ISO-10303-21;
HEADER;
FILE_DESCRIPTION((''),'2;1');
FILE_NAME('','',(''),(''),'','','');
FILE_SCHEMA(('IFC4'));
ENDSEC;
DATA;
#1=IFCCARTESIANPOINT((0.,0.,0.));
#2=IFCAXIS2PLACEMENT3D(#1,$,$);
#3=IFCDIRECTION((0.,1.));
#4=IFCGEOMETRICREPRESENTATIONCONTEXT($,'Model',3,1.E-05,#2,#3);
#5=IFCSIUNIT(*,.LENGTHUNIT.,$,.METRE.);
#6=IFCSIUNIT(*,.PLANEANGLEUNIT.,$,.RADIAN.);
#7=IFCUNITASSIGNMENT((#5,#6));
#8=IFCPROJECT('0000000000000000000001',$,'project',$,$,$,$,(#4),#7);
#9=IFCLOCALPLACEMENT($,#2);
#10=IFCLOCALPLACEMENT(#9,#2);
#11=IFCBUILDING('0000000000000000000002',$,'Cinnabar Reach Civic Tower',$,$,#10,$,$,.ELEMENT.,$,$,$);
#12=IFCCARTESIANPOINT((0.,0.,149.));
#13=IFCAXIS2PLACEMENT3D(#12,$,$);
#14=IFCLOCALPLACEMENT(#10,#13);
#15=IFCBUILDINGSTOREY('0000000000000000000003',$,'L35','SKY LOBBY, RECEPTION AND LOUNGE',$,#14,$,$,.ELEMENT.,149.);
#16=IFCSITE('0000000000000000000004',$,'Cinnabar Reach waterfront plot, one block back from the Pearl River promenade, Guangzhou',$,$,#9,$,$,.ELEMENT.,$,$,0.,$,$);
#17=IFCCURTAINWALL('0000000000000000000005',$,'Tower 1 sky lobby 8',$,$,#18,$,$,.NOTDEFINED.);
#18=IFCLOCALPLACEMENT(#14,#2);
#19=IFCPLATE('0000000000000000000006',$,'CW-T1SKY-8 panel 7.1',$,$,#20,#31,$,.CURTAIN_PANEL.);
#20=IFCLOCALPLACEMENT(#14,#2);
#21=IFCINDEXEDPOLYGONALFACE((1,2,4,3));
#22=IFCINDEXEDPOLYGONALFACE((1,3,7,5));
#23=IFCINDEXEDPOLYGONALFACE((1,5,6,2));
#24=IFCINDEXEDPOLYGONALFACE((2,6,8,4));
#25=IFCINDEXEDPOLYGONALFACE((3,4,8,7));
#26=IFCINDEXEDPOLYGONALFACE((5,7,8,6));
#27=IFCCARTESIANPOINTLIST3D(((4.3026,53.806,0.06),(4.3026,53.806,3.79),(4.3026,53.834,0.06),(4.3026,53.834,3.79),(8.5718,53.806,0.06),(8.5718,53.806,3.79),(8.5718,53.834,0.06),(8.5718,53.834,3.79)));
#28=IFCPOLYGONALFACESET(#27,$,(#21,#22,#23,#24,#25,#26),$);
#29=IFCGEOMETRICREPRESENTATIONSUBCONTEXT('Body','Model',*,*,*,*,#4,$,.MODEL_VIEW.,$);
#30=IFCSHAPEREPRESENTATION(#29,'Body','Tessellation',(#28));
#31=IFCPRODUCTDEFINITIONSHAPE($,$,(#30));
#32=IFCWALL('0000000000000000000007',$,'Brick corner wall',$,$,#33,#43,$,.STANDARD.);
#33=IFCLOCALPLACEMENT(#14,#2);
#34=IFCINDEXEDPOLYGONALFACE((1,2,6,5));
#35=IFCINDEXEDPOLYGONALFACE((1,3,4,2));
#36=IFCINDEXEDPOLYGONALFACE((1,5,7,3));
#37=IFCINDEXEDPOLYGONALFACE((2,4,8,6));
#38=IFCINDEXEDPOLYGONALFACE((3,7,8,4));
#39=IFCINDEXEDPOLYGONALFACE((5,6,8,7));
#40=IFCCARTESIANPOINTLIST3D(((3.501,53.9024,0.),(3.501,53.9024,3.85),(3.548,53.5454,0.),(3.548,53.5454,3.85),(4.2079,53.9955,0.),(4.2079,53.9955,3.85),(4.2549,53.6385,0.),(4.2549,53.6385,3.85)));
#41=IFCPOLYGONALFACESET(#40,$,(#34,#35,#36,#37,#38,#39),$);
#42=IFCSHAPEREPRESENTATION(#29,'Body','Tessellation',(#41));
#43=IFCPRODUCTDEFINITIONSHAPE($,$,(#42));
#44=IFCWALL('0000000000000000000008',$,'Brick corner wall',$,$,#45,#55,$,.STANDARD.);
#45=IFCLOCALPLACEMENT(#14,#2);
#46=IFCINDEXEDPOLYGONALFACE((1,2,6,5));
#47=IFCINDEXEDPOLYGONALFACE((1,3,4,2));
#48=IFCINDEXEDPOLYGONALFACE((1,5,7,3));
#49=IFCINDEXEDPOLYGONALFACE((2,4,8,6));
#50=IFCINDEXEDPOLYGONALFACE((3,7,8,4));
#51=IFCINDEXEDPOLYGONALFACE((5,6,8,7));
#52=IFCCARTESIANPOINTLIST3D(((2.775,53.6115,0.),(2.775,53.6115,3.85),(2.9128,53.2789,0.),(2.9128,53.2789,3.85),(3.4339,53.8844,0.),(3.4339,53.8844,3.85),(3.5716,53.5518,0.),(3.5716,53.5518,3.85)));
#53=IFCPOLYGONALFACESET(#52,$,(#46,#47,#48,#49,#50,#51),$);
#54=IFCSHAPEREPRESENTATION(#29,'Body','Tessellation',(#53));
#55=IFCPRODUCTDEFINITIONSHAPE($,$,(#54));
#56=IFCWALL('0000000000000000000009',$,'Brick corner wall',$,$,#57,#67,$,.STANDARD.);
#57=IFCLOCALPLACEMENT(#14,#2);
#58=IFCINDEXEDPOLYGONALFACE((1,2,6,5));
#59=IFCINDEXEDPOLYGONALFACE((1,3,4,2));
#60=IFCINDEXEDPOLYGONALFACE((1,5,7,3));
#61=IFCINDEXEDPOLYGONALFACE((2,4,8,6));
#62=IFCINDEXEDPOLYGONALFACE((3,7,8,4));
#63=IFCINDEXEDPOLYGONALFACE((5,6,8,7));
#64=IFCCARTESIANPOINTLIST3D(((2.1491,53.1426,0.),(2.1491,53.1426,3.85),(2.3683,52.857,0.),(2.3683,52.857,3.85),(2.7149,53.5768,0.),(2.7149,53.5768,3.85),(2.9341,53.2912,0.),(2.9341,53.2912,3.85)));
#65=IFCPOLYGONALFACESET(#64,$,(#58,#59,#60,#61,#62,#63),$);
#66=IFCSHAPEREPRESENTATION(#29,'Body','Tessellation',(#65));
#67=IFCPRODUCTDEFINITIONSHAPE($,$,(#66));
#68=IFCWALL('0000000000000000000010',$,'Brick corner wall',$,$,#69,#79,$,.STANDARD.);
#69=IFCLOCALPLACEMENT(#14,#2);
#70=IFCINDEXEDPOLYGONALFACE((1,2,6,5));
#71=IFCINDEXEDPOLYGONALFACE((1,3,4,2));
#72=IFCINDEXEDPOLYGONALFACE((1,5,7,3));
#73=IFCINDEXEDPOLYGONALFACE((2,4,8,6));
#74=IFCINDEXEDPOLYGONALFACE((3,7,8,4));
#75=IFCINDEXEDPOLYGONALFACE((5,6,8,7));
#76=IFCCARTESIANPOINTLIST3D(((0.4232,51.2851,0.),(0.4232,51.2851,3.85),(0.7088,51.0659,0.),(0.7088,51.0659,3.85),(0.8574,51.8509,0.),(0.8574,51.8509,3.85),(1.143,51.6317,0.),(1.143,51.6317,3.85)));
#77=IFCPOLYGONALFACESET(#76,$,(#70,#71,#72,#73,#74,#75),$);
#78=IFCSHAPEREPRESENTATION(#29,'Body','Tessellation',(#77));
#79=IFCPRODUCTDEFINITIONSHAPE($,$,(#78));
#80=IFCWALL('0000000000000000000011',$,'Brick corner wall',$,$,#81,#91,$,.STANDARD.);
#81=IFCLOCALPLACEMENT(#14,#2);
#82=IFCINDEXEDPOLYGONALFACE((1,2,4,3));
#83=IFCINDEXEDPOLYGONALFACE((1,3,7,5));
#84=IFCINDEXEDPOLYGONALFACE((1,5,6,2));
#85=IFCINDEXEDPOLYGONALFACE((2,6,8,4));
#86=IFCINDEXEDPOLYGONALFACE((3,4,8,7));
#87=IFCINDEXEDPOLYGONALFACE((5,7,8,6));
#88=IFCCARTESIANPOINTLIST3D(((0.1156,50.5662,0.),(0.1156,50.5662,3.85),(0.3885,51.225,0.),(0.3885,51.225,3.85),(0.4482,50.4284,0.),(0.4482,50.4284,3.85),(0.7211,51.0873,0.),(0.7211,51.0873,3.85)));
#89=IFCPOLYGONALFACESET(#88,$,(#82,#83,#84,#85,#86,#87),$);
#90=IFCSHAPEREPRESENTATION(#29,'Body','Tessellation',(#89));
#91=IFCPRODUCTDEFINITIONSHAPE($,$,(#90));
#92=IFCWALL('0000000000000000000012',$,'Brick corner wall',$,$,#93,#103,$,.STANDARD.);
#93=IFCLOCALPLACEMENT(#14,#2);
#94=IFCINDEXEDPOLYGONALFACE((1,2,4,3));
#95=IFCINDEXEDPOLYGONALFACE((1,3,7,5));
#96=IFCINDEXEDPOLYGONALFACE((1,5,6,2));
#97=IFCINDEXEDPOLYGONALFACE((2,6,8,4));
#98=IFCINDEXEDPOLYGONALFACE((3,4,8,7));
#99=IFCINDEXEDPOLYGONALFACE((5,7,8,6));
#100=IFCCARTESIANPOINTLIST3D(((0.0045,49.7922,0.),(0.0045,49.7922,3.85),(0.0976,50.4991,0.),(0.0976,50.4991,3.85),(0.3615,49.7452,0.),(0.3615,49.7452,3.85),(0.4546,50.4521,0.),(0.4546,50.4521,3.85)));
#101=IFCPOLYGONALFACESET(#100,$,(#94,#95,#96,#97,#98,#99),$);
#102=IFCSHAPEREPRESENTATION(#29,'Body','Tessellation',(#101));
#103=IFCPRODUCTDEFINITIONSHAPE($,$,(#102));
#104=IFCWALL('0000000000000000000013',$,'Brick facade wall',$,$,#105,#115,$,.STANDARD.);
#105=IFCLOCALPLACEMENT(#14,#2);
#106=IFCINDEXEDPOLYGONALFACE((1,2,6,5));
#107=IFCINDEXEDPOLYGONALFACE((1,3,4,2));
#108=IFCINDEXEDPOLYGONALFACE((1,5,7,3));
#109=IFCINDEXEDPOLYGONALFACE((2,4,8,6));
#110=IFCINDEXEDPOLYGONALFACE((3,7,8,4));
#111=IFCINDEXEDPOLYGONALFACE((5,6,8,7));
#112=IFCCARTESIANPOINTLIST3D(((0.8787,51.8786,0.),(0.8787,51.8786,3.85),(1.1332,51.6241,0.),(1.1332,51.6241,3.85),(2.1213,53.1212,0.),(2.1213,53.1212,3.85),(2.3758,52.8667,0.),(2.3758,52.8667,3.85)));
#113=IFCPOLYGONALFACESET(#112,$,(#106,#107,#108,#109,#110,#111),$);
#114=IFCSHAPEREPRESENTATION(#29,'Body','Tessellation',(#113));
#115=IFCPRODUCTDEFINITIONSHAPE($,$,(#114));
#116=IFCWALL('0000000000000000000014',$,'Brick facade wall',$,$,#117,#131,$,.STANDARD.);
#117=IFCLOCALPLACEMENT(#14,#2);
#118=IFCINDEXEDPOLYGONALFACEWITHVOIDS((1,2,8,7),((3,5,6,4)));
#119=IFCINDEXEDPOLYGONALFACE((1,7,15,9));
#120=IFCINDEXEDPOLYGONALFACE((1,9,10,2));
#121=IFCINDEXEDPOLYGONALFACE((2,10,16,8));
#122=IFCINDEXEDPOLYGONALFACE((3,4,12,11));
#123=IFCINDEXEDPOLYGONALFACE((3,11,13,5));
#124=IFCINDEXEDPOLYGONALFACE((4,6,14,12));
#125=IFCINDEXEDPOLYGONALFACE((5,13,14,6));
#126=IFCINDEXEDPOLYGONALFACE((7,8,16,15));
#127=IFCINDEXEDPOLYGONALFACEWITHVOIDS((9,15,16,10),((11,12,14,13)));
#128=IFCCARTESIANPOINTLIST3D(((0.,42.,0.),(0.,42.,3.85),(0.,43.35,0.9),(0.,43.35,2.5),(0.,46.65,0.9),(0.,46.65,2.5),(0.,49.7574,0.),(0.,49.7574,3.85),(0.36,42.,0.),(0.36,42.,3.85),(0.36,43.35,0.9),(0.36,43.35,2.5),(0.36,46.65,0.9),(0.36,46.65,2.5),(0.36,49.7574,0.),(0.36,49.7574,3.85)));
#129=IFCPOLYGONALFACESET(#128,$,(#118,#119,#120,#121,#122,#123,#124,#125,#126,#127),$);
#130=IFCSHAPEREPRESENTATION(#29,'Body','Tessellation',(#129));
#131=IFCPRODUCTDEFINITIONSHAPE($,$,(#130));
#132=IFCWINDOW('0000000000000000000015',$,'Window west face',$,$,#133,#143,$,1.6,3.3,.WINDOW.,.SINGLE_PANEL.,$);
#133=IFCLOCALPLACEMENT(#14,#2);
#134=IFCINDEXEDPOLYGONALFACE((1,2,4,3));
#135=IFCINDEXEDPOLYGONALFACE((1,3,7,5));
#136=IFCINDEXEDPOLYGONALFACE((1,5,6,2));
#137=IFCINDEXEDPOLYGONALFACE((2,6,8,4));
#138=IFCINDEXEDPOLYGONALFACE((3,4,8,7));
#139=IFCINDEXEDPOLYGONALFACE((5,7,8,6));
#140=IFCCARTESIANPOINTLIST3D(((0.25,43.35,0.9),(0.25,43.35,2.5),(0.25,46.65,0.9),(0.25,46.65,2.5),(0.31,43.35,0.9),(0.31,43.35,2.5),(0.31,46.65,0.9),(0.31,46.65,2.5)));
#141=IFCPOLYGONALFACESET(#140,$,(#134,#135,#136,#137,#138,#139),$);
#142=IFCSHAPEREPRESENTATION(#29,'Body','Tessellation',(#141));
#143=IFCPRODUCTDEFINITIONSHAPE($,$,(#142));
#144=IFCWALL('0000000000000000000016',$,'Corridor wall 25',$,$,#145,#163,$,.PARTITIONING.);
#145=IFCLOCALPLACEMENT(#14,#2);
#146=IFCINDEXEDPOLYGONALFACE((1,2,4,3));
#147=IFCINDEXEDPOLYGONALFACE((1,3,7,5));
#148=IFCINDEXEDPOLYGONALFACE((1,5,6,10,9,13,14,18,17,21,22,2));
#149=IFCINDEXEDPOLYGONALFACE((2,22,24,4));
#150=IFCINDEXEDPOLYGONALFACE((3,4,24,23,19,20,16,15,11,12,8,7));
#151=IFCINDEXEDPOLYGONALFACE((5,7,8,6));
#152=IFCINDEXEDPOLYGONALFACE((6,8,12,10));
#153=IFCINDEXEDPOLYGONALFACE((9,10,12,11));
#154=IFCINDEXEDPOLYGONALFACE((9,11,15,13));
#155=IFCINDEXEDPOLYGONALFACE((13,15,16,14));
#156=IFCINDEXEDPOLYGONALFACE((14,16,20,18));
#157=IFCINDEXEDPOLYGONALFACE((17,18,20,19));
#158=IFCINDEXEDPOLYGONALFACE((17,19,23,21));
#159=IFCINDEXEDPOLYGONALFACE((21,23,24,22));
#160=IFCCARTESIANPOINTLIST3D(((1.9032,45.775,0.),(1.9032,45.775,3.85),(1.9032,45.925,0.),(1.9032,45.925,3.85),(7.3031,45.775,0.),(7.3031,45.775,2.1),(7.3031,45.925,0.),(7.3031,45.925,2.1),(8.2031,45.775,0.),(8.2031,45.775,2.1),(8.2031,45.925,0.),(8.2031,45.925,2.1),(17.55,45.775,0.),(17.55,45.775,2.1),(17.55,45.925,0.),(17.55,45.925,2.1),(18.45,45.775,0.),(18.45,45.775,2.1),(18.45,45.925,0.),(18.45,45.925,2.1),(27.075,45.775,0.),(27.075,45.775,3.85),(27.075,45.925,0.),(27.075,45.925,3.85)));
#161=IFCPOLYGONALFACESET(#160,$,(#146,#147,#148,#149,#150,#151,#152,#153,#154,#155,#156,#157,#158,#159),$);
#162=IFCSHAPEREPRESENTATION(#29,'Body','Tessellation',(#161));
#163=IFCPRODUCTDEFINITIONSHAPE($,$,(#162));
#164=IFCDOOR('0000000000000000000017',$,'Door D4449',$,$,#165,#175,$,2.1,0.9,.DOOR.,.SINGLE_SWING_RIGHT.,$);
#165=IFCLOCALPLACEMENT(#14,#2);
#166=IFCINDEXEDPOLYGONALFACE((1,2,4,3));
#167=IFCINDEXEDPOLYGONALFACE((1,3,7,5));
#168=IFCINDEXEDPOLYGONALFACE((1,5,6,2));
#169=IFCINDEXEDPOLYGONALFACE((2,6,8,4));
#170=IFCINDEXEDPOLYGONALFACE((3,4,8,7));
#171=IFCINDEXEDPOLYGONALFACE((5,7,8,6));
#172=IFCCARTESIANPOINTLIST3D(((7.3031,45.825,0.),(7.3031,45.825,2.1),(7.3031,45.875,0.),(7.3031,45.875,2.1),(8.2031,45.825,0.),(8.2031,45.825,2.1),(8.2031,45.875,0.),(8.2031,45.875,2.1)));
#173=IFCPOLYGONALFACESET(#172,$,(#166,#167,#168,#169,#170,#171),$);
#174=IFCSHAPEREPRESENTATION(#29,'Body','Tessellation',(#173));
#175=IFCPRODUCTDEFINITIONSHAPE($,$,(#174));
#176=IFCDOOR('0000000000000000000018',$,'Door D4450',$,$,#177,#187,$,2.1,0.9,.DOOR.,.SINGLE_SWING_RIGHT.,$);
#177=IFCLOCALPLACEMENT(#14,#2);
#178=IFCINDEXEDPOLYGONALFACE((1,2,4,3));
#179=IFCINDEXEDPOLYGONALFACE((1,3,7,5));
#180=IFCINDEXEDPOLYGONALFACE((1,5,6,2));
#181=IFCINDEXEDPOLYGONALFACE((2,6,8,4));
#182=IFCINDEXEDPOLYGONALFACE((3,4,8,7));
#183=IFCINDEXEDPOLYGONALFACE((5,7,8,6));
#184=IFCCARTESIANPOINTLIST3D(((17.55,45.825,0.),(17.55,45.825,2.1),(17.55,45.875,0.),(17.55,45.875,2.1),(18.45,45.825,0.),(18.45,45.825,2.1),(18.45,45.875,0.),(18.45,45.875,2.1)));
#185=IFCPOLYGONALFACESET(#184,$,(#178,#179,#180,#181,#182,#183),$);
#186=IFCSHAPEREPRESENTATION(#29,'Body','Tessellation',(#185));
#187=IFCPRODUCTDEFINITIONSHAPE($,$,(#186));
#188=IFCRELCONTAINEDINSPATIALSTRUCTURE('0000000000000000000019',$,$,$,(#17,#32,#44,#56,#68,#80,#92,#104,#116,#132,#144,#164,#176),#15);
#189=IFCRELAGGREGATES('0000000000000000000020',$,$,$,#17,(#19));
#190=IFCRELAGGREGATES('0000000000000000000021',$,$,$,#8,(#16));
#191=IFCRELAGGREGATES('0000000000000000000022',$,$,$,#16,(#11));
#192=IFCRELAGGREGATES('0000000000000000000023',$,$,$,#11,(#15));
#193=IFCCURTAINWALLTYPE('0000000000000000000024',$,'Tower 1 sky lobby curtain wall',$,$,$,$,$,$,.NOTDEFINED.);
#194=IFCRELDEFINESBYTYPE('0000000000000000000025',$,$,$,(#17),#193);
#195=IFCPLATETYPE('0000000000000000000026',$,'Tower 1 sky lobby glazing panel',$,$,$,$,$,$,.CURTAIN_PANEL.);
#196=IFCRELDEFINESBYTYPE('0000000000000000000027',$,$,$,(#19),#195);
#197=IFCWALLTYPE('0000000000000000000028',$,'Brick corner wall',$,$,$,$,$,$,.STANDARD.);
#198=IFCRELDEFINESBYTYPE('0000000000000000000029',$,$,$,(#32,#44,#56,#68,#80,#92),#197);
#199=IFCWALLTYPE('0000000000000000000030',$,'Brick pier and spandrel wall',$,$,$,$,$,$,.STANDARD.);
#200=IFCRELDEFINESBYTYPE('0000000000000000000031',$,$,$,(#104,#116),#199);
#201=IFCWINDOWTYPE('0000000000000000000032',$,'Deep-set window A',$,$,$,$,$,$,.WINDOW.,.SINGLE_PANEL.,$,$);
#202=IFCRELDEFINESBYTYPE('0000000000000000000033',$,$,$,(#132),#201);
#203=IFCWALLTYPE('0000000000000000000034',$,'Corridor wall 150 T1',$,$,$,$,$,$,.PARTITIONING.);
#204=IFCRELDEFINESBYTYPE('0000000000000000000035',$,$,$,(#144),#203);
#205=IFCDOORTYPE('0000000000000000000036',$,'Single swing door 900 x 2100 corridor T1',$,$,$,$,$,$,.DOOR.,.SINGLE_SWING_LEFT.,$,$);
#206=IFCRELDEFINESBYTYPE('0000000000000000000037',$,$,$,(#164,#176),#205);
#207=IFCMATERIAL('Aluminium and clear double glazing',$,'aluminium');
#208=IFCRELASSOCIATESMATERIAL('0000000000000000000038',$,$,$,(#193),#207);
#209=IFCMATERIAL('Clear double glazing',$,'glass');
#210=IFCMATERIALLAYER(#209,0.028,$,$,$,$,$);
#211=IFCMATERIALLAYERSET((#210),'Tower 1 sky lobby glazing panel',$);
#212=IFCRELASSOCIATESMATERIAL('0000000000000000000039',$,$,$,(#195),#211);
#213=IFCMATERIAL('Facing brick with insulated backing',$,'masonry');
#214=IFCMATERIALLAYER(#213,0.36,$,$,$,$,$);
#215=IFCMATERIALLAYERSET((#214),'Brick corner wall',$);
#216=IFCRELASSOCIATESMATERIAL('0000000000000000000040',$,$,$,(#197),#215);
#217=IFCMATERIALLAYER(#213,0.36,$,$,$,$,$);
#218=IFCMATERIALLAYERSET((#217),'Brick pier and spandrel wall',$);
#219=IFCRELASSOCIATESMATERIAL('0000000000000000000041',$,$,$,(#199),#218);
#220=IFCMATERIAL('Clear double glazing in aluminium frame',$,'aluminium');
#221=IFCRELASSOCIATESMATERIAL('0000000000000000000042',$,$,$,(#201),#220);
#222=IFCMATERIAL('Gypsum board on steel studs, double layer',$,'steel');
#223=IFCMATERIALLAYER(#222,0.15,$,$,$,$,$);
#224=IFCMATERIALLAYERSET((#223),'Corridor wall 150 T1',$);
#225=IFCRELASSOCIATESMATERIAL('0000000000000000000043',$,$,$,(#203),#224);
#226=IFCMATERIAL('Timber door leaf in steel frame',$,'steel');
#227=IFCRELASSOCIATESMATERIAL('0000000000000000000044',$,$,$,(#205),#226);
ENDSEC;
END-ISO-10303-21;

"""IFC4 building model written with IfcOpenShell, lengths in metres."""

from ifc_helpers import new_model, si_unit, direction, frame, frame_2d, origin, origin_2d, place, context, subcontext, project, spatial, rectangle, extrude, material, layer, layer_set, type_object, element, fill, aggregate, save


model = new_model("IFC4")

# Units and contexts
model_context = context("Model", 3, precision=1e-05, world=origin(), true_north=direction((0.0, 1.0)))
body_context = subcontext(model_context, "Body", "Model", "MODEL_VIEW")
ifc_project = project(units=[si_unit("LENGTHUNIT", "METRE"), si_unit("PLANEANGLEUNIT", "RADIAN")], contexts=[model_context])

# Site, building, storey
site_placement = place(None, origin())
site = spatial("IfcSite", under=ifc_project, at=site_placement, Name="Cinnabar Reach waterfront plot, one block back from the Pearl River promenade, Guangzhou", CompositionType="ELEMENT", RefElevation=0.0)
building_placement = place(site_placement, origin())
building = spatial("IfcBuilding", under=site, at=building_placement, Name="Cinnabar Reach Civic Tower", CompositionType="ELEMENT")
storey_placement = place(building_placement, frame((0.0, 0.0, 149.0)))
storey = spatial("IfcBuildingStorey", under=building, at=storey_placement, Name="L35", Description="SKY LOBBY, RECEPTION AND LOUNGE", CompositionType="ELEMENT", Elevation=149.0)

# Curtain wall, plate
ifc_material_1 = material(Name="Aluminium and clear double glazing", Category="aluminium")
curtain_wall_type = type_object("IfcCurtainWallType", Name="Tower 1 sky lobby curtain wall", PredefinedType="NOTDEFINED", material=ifc_material_1)
curtain_wall_placement = place(storey_placement, origin())
curtain_wall = element("IfcCurtainWall", 1, at=curtain_wall_placement, inside=storey, type_object=curtain_wall_type, Name="Tower 1 sky lobby 8", PredefinedType="NOTDEFINED")
ifc_material_2 = material(Name="Clear double glazing", Category="glass")
ifc_layer_1 = layer(ifc_material_2, 0.028)
ifc_layer_set_1 = layer_set([ifc_layer_1], Name="Tower 1 sky lobby glazing panel")
plate_type = type_object("IfcPlateType", Name="Tower 1 sky lobby glazing panel", PredefinedType="CURTAIN_PANEL", material=ifc_layer_set_1)
plate_placement = place(storey_placement, frame((6.4372, 53.82, 0.06), z_axis=(0.0, 0.0, 1.0), x_axis=(-1.0, 0.0, 0.0)))
plate = element("IfcPlate", 2, at=plate_placement, type_object=plate_type, Name="CW-T1SKY-8 panel 7.1", PredefinedType="CURTAIN_PANEL", context=body_context, shape_type="SweptSolid", body=[
    extrude(rectangle(XDim=4.2693, YDim=0.028, at=origin_2d()), origin(), (0.0, 0.0, 1.0), 3.73),
])
aggregate(curtain_wall, [plate])

# Walls
ifc_material_3 = material(Name="Facing brick with insulated backing", Category="masonry")
ifc_layer_2 = layer(ifc_material_3, 0.36)
ifc_layer_set_2 = layer_set([ifc_layer_2], Name="Brick corner wall")
wall_type_1 = type_object("IfcWallType", Name="Brick corner wall", PredefinedType="STANDARD", material=ifc_layer_set_2)
for number, where, z_axis, x_axis, name in (
    (3, (4.2314, 53.817, 0.0), (0.0, 0.0, 1.0), (-0.991441, -0.130556, 0.0), "Brick corner wall"),
    (4, (3.5027, 53.7181, 0.0), (0.0, 0.0, 1.0), (-0.923872, -0.382703, 0.0), "Brick corner wall"),
):
    element("IfcWall", number, at=place(storey_placement, frame(where, z_axis=z_axis, x_axis=x_axis)), inside=storey, type_object=wall_type_1, Name=name, PredefinedType="STANDARD", context=body_context, shape_type="SweptSolid", body=[
        extrude(rectangle(XDim=0.7131, YDim=0.36, at=frame_2d((0.3565, 0.0))), origin(), (0.0, 0.0, 1.0), 3.85),
    ])
for number, where, z_axis, x_axis, name in (
    (5, (2.8245, 53.434, 0.0), (0.0, 0.0, 1.0), (-0.793322, -0.608802, 0.0), "Brick corner wall"),
    (6, (1.0002, 51.7413, 0.0), (0.0, 0.0, 1.0), (-0.608802, -0.793322, 0.0), "Brick corner wall"),
):
    element("IfcWall", number, at=place(storey_placement, frame(where, z_axis=z_axis, x_axis=x_axis)), inside=storey, type_object=wall_type_1, Name=name, PredefinedType="STANDARD", context=body_context, shape_type="SweptSolid", body=[
        extrude(rectangle(XDim=0.7132, YDim=0.36, at=frame_2d((0.3566, 0.0))), origin(), (0.0, 0.0, 1.0), 3.85),
    ])
for number, where, z_axis, x_axis, name in (
    (7, (0.5548, 51.1561, 0.0), (0.0, 0.0, 1.0), (-0.382703, -0.923872, 0.0), "Brick corner wall"),
    (8, (0.2761, 50.4756, 0.0), (0.0, 0.0, 1.0), (-0.130556, -0.991441, 0.0), "Brick corner wall"),
):
    element("IfcWall", number, at=place(storey_placement, frame(where, z_axis=z_axis, x_axis=x_axis)), inside=storey, type_object=wall_type_1, Name=name, PredefinedType="STANDARD", context=body_context, shape_type="SweptSolid", body=[
        extrude(rectangle(XDim=0.7131, YDim=0.36, at=frame_2d((0.3565, 0.0))), origin(), (0.0, 0.0, 1.0), 3.85),
    ])
ifc_layer_3 = layer(ifc_material_3, 0.36)
ifc_layer_set_3 = layer_set([ifc_layer_3], Name="Brick pier and spandrel wall")
wall_type_2 = type_object("IfcWallType", Name="Brick pier and spandrel wall", PredefinedType="STANDARD", material=ifc_layer_set_3)
wall_1_placement = place(storey_placement, frame((2.2486, 52.994, 0.0), z_axis=(0.0, 0.0, 1.0), x_axis=(-0.707107, -0.707107, 0.0)))
element("IfcWall", 9, at=wall_1_placement, inside=storey, type_object=wall_type_2, Name="Brick facade wall", PredefinedType="STANDARD", context=body_context, shape_type="SweptSolid", body=[
    extrude(rectangle(XDim=1.7573, YDim=0.36, at=frame_2d((0.8787, 0.0))), origin(), (0.0, 0.0, 1.0), 3.85),
])

# Wall, opening, window
wall_2_placement = place(storey_placement, frame((0.18, 49.7574, 0.0), z_axis=(0.0, 0.0, 1.0), x_axis=(0.0, -1.0, 0.0)))
wall_2 = element("IfcWall", 10, at=wall_2_placement, inside=storey, type_object=wall_type_2, Name="Brick facade wall", PredefinedType="STANDARD", context=body_context, shape_type="SweptSolid", body=[
    extrude(rectangle(XDim=7.7574, YDim=0.36, at=frame_2d((3.8787, 0.0))), origin(), (0.0, 0.0, 1.0), 3.85),
])
opening_1_placement = place(wall_2_placement, frame((3.1074, 0.0, 0.9)))
opening_1 = element("IfcOpeningElement", 11, at=opening_1_placement, cuts=wall_2, PredefinedType="OPENING", context=body_context, shape_type="SweptSolid", body=[
    extrude(rectangle(XDim=3.3, YDim=1.6, at=frame_2d((1.65, 0.8))), frame((0.0, 0.19, 0.0), z_axis=(0.0, -1.0, 0.0), x_axis=(1.0, 0.0, 0.0)), (0.0, 0.0, 1.0), 0.38),
])
ifc_material_4 = material(Name="Clear double glazing in aluminium frame", Category="aluminium")
window_type = type_object("IfcWindowType", Name="Deep-set window A", PartitioningType="SINGLE_PANEL", PredefinedType="WINDOW", material=ifc_material_4)
window_placement = place(opening_1_placement, origin())
window = element("IfcWindow", 12, at=window_placement, inside=storey, type_object=window_type, Name="Window west face", OverallHeight=1.6, OverallWidth=3.3, PartitioningType="SINGLE_PANEL", PredefinedType="WINDOW", context=body_context, shape_type="SweptSolid", body=[
    extrude(rectangle(XDim=3.3, YDim=1.6, at=frame_2d((1.65, 0.8))), frame((0.0, 0.13, 0.0), z_axis=(0.0, -1.0, 0.0), x_axis=(1.0, 0.0, 0.0)), (0.0, 0.0, 1.0), 0.06),
])
fill(opening_1, window)

# Wall, openings, doors
ifc_material_5 = material(Name="Gypsum board on steel studs, double layer", Category="steel")
ifc_layer_4 = layer(ifc_material_5, 0.15)
ifc_layer_set_4 = layer_set([ifc_layer_4], Name="Corridor wall 150 T1")
wall_type_3 = type_object("IfcWallType", Name="Corridor wall 150 T1", PredefinedType="PARTITIONING", material=ifc_layer_set_4)
wall_3_placement = place(storey_placement, frame((1.9031, 45.85, 0.0), z_axis=(0.0, 0.0, 1.0), x_axis=(1.0, 0.0, 0.0)))
wall_3 = element("IfcWall", 13, at=wall_3_placement, inside=storey, type_object=wall_type_3, Name="Corridor wall 25", PredefinedType="PARTITIONING", context=body_context, shape_type="SweptSolid", body=[
    extrude(rectangle(XDim=25.1719, YDim=0.15, at=frame_2d((12.586, 0.0))), origin(), (0.0, 0.0, 1.0), 3.85),
])
opening_2_placement = place(wall_3_placement, frame((5.4, 0.0, 0.0)))
opening_2 = element("IfcOpeningElement", 14, at=opening_2_placement, cuts=wall_3, PredefinedType="OPENING", context=body_context, shape_type="SweptSolid", body=[
    extrude(rectangle(XDim=0.9, YDim=2.1, at=frame_2d((0.45, 1.05))), frame((0.0, 0.085, 0.0), z_axis=(0.0, -1.0, 0.0), x_axis=(1.0, 0.0, 0.0)), (0.0, 0.0, 1.0), 0.17),
])
opening_3_placement = place(wall_3_placement, frame((15.6469, 0.0, 0.0)))
opening_3 = element("IfcOpeningElement", 15, at=opening_3_placement, cuts=wall_3, PredefinedType="OPENING", context=body_context, shape_type="SweptSolid", body=[
    extrude(rectangle(XDim=0.9, YDim=2.1, at=frame_2d((0.45, 1.05))), frame((0.0, 0.085, 0.0), z_axis=(0.0, -1.0, 0.0), x_axis=(1.0, 0.0, 0.0)), (0.0, 0.0, 1.0), 0.17),
])
ifc_material_6 = material(Name="Timber door leaf in steel frame", Category="steel")
door_type = type_object("IfcDoorType", Name="Single swing door 900 x 2100 corridor T1", OperationType="SINGLE_SWING_LEFT", PredefinedType="DOOR", material=ifc_material_6)
door_1_placement = place(opening_2_placement, origin())
door_1 = element("IfcDoor", 16, at=door_1_placement, inside=storey, type_object=door_type, Name="Door D4449", OperationType="SINGLE_SWING_RIGHT", OverallHeight=2.1, OverallWidth=0.9, PredefinedType="DOOR", context=body_context, shape_type="SweptSolid", body=[
    extrude(rectangle(XDim=0.9, YDim=2.1, at=frame_2d((0.45, 1.05))), frame((0.0, 0.025, 0.0), z_axis=(0.0, -1.0, 0.0), x_axis=(1.0, 0.0, 0.0)), (0.0, 0.0, 1.0), 0.05),
])
fill(opening_2, door_1)
door_2_placement = place(opening_3_placement, origin())
door_2 = element("IfcDoor", 17, at=door_2_placement, inside=storey, type_object=door_type, Name="Door D4450", OperationType="SINGLE_SWING_RIGHT", OverallHeight=2.1, OverallWidth=0.9, PredefinedType="DOOR", context=body_context, shape_type="SweptSolid", body=[
    extrude(rectangle(XDim=0.9, YDim=2.1, at=frame_2d((0.45, 1.05))), frame((0.0, 0.025, 0.0), z_axis=(0.0, -1.0, 0.0), x_axis=(1.0, 0.0, 0.0)), (0.0, 0.0, 1.0), 0.05),
])
fill(opening_3, door_2)

save(model, "model.ifc")
